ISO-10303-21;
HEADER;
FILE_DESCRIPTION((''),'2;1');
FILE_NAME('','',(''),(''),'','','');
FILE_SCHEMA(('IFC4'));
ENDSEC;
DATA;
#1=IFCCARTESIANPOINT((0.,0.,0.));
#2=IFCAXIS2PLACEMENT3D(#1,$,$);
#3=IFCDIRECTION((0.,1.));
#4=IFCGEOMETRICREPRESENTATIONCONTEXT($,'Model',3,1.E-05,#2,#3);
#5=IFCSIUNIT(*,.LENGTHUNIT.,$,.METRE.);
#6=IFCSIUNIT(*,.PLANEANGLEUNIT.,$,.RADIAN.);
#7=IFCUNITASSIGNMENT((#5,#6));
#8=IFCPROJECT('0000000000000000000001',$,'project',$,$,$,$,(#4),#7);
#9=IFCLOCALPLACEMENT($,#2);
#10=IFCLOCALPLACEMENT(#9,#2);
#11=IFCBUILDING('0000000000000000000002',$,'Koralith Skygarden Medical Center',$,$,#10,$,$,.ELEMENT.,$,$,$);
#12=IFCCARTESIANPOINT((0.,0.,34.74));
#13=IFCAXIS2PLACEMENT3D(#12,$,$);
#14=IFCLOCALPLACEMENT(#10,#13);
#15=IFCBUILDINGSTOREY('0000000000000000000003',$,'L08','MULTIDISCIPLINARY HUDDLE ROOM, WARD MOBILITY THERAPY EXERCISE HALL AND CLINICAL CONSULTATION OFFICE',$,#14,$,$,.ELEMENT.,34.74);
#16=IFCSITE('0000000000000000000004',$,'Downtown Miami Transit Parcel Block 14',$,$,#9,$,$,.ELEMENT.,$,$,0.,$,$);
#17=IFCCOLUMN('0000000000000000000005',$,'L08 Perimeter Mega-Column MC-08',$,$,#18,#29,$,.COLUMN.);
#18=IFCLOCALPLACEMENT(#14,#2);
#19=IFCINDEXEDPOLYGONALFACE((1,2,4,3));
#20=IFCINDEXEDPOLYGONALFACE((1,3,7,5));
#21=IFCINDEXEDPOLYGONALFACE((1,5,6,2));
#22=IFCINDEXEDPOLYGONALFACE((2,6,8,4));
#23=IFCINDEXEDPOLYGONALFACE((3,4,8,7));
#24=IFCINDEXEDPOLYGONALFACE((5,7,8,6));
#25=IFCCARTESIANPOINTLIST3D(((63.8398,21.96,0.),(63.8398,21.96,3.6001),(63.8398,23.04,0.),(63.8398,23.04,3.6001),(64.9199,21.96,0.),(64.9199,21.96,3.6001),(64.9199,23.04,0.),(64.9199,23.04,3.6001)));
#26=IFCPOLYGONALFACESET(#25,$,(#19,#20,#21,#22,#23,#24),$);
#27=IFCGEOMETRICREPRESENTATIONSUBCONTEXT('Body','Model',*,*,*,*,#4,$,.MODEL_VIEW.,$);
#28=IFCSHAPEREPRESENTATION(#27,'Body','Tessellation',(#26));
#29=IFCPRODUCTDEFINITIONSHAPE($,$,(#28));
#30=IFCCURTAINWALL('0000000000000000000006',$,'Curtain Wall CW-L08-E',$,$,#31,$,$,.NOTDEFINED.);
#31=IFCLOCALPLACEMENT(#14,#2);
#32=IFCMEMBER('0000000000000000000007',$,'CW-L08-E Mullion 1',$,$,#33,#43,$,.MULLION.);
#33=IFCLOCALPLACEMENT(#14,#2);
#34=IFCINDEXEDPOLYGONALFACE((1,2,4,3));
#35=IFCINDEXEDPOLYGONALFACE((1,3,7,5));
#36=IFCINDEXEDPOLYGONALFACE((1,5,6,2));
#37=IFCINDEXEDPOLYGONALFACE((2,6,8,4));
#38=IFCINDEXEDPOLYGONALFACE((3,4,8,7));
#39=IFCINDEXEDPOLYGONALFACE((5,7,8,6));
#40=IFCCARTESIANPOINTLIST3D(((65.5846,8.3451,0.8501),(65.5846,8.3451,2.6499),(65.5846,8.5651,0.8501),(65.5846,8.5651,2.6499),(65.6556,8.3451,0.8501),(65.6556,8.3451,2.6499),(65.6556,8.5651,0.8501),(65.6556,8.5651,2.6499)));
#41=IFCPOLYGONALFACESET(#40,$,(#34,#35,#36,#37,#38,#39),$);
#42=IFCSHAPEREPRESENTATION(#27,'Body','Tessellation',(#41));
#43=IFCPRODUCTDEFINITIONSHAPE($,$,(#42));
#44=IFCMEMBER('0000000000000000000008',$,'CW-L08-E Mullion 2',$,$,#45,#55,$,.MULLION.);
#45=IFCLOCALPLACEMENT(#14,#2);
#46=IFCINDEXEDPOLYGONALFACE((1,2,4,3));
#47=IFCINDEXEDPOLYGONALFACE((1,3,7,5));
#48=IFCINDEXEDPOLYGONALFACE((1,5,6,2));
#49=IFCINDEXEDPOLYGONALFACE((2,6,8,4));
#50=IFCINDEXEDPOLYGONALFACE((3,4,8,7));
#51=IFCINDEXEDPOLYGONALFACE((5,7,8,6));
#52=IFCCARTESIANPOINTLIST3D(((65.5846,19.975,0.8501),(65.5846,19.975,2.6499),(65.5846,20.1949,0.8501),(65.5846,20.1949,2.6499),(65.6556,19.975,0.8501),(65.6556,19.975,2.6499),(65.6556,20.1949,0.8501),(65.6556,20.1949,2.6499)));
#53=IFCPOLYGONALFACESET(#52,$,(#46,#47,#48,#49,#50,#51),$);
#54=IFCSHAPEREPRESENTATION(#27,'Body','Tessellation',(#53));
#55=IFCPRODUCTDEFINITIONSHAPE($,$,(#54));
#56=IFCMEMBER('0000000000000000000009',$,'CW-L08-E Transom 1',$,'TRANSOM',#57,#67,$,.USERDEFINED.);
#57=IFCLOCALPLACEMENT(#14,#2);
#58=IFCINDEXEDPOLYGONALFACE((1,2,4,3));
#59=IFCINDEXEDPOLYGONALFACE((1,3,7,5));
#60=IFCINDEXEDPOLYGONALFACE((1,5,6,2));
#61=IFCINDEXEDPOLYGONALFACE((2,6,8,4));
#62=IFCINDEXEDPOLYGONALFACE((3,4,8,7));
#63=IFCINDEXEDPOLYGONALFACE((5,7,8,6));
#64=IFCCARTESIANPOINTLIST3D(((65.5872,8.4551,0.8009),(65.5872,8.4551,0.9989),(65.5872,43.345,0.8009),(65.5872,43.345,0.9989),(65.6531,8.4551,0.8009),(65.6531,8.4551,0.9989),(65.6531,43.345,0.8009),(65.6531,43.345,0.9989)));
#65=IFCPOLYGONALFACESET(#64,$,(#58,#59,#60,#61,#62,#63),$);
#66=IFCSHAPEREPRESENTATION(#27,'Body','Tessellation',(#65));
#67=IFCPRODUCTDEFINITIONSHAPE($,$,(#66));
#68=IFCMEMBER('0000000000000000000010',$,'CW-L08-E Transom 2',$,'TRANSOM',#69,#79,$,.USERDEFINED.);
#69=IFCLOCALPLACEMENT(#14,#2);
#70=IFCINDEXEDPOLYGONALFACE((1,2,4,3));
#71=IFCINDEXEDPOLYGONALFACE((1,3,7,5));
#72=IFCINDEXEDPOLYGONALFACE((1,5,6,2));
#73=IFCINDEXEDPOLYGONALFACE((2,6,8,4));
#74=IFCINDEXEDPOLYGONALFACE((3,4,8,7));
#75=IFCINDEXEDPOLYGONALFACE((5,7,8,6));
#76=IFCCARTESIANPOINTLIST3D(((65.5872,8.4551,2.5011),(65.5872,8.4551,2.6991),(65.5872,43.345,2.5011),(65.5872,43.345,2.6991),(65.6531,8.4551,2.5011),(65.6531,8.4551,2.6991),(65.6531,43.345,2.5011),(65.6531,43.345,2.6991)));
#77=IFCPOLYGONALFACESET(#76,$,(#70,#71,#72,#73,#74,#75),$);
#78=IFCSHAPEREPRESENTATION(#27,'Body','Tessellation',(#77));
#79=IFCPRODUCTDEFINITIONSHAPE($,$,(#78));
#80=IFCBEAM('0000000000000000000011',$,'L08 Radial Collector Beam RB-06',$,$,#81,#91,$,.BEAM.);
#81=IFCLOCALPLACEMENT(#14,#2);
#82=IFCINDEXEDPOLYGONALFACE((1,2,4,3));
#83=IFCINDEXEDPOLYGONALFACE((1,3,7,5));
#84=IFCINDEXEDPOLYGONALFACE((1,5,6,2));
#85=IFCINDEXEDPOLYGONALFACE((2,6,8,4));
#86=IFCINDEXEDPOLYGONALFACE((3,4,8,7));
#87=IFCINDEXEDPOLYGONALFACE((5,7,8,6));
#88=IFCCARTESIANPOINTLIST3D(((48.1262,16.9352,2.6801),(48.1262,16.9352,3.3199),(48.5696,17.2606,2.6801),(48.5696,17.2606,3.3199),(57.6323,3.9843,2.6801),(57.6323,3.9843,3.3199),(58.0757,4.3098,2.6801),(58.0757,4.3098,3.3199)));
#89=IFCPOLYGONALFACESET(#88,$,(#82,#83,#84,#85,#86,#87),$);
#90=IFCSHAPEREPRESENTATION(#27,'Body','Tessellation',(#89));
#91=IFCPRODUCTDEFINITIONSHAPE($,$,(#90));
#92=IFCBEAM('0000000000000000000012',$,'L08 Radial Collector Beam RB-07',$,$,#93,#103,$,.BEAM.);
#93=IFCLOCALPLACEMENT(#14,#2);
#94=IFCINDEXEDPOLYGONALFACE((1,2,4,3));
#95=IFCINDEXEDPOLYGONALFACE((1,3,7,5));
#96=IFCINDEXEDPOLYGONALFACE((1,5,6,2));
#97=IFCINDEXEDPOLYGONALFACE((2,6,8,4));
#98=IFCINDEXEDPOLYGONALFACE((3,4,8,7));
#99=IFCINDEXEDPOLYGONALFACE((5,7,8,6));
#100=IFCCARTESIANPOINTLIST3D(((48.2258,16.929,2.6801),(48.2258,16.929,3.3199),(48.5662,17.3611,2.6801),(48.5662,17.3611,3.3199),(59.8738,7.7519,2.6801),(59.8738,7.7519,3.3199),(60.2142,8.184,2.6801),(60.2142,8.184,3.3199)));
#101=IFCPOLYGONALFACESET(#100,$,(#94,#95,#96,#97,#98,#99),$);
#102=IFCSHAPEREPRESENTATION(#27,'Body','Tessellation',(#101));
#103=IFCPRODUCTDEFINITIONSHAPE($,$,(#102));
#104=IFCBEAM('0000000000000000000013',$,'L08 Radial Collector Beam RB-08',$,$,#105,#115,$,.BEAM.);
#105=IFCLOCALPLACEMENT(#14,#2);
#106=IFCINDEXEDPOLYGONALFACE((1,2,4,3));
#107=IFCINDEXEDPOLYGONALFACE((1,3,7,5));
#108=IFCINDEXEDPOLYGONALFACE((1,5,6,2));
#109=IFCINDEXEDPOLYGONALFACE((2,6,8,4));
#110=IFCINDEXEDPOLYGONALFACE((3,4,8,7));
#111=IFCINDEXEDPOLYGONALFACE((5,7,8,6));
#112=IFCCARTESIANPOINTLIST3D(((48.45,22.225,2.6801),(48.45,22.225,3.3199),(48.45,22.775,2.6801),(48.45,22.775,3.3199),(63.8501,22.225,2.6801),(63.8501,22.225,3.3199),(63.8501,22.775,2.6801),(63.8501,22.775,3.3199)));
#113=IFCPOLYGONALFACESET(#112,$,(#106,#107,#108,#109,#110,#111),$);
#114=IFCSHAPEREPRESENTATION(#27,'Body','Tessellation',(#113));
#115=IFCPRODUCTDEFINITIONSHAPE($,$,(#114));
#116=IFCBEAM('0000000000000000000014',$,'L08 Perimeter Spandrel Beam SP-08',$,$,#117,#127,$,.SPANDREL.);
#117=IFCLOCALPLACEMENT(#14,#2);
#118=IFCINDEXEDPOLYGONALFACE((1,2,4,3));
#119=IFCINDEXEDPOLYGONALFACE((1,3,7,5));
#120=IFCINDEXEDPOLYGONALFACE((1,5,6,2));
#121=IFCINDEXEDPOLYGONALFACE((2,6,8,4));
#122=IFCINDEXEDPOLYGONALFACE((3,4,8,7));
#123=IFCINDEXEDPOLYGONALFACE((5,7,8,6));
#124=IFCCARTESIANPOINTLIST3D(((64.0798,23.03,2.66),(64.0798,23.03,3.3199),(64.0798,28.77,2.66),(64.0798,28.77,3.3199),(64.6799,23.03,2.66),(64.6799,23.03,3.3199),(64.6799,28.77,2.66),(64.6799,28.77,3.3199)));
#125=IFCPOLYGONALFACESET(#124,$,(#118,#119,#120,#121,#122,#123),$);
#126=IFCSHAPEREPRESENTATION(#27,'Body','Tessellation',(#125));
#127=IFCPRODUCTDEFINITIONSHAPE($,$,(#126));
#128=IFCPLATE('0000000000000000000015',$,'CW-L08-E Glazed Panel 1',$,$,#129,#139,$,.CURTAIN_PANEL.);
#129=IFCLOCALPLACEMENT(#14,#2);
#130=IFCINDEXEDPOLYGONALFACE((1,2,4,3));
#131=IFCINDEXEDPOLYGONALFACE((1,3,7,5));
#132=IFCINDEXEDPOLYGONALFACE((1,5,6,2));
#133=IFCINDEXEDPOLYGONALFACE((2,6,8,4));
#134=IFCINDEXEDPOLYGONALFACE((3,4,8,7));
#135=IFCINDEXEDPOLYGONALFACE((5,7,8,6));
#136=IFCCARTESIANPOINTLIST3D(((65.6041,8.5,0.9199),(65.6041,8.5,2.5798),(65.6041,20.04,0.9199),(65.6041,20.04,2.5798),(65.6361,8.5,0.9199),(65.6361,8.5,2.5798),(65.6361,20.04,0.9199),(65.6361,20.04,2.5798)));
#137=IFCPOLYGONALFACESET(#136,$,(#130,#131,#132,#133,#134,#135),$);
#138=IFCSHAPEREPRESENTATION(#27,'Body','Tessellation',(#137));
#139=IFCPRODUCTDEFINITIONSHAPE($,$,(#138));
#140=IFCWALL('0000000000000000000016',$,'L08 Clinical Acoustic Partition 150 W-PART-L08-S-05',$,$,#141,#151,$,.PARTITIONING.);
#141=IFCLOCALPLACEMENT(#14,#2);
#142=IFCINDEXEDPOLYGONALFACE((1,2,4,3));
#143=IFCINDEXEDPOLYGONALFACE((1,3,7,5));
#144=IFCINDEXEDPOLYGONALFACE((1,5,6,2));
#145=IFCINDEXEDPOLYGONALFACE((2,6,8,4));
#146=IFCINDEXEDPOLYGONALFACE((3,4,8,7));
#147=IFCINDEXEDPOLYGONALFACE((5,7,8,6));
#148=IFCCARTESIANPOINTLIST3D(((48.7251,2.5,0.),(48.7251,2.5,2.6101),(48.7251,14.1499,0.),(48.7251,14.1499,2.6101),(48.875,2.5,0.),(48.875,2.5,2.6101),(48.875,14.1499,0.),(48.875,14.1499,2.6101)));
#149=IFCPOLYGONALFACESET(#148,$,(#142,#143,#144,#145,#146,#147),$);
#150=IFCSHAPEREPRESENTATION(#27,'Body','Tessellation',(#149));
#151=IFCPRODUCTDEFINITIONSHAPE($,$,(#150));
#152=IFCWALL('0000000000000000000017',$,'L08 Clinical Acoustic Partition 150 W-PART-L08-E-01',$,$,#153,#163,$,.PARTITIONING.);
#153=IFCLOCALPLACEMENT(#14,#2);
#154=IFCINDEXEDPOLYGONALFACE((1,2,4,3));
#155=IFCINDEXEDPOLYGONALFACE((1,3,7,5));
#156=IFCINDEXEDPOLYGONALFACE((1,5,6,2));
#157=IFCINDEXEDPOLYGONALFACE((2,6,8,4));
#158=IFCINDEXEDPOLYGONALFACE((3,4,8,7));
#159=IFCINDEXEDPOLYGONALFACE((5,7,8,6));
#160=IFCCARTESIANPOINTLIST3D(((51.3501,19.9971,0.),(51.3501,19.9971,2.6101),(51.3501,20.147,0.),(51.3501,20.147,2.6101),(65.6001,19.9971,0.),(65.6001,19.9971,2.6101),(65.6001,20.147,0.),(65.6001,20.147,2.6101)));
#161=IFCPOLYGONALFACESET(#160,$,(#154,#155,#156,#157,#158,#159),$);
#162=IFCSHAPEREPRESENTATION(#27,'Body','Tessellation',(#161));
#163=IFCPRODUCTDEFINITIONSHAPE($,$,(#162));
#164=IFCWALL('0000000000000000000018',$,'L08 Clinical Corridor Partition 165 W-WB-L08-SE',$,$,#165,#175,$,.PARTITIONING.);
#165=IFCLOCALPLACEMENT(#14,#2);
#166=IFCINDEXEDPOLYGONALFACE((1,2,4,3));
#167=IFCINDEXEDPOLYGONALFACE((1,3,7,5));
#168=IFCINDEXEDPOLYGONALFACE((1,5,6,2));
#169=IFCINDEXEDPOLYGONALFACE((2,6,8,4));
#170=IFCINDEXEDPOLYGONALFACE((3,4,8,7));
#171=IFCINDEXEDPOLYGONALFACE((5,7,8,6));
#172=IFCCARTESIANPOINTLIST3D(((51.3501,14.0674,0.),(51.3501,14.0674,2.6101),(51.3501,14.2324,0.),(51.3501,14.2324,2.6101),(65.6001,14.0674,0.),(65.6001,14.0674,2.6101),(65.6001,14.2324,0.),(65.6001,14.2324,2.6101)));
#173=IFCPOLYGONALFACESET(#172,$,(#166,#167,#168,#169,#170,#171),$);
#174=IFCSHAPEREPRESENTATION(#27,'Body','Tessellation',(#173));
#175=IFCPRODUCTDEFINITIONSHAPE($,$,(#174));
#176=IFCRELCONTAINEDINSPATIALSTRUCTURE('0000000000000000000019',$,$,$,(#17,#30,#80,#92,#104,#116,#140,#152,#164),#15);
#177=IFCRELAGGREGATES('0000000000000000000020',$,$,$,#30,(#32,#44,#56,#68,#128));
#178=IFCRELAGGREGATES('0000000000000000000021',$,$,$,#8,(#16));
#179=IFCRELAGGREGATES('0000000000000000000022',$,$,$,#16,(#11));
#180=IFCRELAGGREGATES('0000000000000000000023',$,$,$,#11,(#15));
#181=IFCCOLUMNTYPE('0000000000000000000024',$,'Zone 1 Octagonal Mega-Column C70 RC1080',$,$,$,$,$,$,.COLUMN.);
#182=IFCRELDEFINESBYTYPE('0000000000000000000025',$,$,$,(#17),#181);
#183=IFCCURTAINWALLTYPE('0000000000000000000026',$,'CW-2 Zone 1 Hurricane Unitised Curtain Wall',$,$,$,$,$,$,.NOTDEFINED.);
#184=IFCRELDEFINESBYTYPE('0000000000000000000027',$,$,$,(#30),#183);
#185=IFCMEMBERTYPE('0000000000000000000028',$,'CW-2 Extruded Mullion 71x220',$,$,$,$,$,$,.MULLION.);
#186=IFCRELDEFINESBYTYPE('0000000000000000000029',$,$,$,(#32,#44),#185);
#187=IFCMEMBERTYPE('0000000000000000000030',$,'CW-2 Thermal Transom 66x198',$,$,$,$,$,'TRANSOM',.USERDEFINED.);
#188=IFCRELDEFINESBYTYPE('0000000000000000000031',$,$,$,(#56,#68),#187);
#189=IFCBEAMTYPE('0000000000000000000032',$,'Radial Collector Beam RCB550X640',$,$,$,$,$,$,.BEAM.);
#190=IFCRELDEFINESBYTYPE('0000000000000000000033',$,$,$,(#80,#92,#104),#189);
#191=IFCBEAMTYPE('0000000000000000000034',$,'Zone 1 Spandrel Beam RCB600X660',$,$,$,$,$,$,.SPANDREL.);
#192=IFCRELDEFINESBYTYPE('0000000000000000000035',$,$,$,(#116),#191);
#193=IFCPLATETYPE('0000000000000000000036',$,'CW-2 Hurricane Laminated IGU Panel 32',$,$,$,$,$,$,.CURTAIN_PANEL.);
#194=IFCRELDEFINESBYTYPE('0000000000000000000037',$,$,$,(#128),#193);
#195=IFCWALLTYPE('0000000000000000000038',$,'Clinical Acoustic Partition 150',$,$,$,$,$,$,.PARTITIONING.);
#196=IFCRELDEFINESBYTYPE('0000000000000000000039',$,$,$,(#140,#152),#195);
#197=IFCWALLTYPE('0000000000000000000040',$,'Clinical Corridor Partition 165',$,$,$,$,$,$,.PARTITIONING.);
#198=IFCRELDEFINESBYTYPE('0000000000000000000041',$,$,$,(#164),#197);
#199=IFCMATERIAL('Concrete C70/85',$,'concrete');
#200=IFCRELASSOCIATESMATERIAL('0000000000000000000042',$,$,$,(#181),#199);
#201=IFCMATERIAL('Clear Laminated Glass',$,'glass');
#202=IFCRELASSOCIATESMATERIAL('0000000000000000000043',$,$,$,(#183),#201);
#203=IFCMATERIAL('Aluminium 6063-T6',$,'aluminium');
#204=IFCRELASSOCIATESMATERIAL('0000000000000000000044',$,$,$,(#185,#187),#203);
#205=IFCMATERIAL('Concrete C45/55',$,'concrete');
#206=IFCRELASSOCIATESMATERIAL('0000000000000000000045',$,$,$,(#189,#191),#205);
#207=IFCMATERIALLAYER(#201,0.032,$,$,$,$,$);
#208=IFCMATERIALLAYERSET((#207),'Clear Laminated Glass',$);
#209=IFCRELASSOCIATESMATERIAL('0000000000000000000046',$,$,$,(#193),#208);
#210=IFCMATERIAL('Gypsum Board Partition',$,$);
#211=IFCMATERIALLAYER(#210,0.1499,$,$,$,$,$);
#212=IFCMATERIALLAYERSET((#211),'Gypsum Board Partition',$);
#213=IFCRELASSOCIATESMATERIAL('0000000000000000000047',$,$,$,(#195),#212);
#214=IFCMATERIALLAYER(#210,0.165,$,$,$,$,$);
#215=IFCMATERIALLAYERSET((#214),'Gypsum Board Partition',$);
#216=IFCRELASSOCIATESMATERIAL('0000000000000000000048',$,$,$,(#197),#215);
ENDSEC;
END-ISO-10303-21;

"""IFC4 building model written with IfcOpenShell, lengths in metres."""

from ifc_helpers import new_model, si_unit, direction, frame, frame_2d, origin, origin_2d, place, context, subcontext, project, spatial, rectangle, extrude, material, layer, layer_set, material_profile, profile_set, type_object, element, aggregate, save


model = new_model("IFC4")

# Units and contexts
model_context = context("Model", 3, precision=1e-05, world=origin(), true_north=direction((0.0, 1.0)))
body_context = subcontext(model_context, "Body", "Model", "MODEL_VIEW")
ifc_project = project(units=[si_unit("LENGTHUNIT", "METRE"), si_unit("PLANEANGLEUNIT", "RADIAN")], contexts=[model_context])

# Site, building, storey
site_placement = place(None, origin())
site = spatial("IfcSite", under=ifc_project, at=site_placement, Name="Downtown Miami Transit Parcel Block 14", CompositionType="ELEMENT", RefElevation=0.0)
building_placement = place(site_placement, origin())
building = spatial("IfcBuilding", under=site, at=building_placement, Name="Koralith Skygarden Medical Center", CompositionType="ELEMENT")
storey_placement = place(building_placement, frame((0.0, 0.0, 34.74)))
storey = spatial("IfcBuildingStorey", under=building, at=storey_placement, Name="L08", Description="MULTIDISCIPLINARY HUDDLE ROOM, WARD MOBILITY THERAPY EXERCISE HALL AND CLINICAL CONSULTATION OFFICE", CompositionType="ELEMENT", Elevation=34.74)

# Column
ifc_material_1 = material(Name="Concrete C70/85", Category="concrete")
ifc_material_profile_1 = material_profile(ifc_material_1, rectangle(XDim=1.0801, YDim=1.0801, at=origin_2d()), Name="RC1080X1080")
ifc_profile_set_1 = profile_set([ifc_material_profile_1], Name="Concrete C70/85")
column_type = type_object("IfcColumnType", Name="Zone 1 Octagonal Mega-Column C70 RC1080", PredefinedType="COLUMN", material=ifc_profile_set_1)
column_placement = place(storey_placement, frame((64.3799, 22.5, 0.0), z_axis=(0.0, 0.0, 1.0), x_axis=(1.0, 0.0, 0.0)))
element("IfcColumn", 1, at=column_placement, inside=storey, type_object=column_type, Name="L08 Perimeter Mega-Column MC-08", PredefinedType="COLUMN", context=body_context, shape_type="SweptSolid", body=[
    extrude(rectangle(XDim=1.0801, YDim=1.0801, at=origin_2d()), origin(), (0.0, 0.0, 1.0), 3.6001),
])

# Curtain wall, members
ifc_material_2 = material(Name="Clear Laminated Glass", Category="glass")
curtain_wall_type = type_object("IfcCurtainWallType", Name="CW-2 Zone 1 Hurricane Unitised Curtain Wall", PredefinedType="NOTDEFINED", material=ifc_material_2)
curtain_wall_placement = place(storey_placement, origin())
curtain_wall = element("IfcCurtainWall", 2, at=curtain_wall_placement, inside=storey, type_object=curtain_wall_type, Name="Curtain Wall CW-L08-E", PredefinedType="NOTDEFINED")
ifc_material_3 = material(Name="Aluminium 6063-T6", Category="aluminium")
ifc_material_profile_2 = material_profile(ifc_material_3, rectangle(XDim=0.071, YDim=0.22, at=origin_2d()), Name="MUL71X220")
ifc_profile_set_2 = profile_set([ifc_material_profile_2], Name="Aluminium 6063-T6")
member_type_1 = type_object("IfcMemberType", Name="CW-2 Extruded Mullion 71x220", PredefinedType="MULLION", material=ifc_profile_set_2)
member_1_placement = place(storey_placement, frame((65.6201, 8.4551, 0.8501), z_axis=(0.0, 0.0, 1.0), x_axis=(1.0, 0.0, 0.0)))
member_1 = element("IfcMember", 3, at=member_1_placement, type_object=member_type_1, Name="CW-L08-E Mullion 1", PredefinedType="MULLION", context=body_context, shape_type="SweptSolid", body=[
    extrude(rectangle(XDim=0.071, YDim=0.22, at=origin_2d()), origin(), (0.0, 0.0, 1.0), 1.7998),
])
member_2_placement = place(storey_placement, frame((65.6201, 20.085, 0.8501), z_axis=(0.0, 0.0, 1.0), x_axis=(1.0, 0.0, 0.0)))
member_2 = element("IfcMember", 4, at=member_2_placement, type_object=member_type_1, Name="CW-L08-E Mullion 2", PredefinedType="MULLION", context=body_context, shape_type="SweptSolid", body=[
    extrude(rectangle(XDim=0.071, YDim=0.22, at=origin_2d()), origin(), (0.0, 0.0, 1.0), 1.7998),
])
ifc_material_profile_3 = material_profile(ifc_material_3, rectangle(XDim=0.0659, YDim=0.198, at=origin_2d()), Name="TRN66X198")
ifc_profile_set_3 = profile_set([ifc_material_profile_3], Name="Aluminium 6063-T6")
member_type_2 = type_object("IfcMemberType", Name="CW-2 Thermal Transom 66x198", ElementType="TRANSOM", PredefinedType="USERDEFINED", material=ifc_profile_set_3)
member_3_placement = place(storey_placement, frame((65.6201, 8.4551, 0.8999), z_axis=(0.0, 1.0, 0.0), x_axis=(-1.0, 0.0, 0.0)))
member_3 = element("IfcMember", 5, at=member_3_placement, type_object=member_type_2, Name="CW-L08-E Transom 1", ObjectType="TRANSOM", PredefinedType="USERDEFINED", context=body_context, shape_type="SweptSolid", body=[
    extrude(rectangle(XDim=0.0659, YDim=0.198, at=origin_2d()), origin(), (0.0, 0.0, 1.0), 34.8899),
])
member_4_placement = place(storey_placement, frame((65.6201, 8.4551, 2.6001), z_axis=(0.0, 1.0, 0.0), x_axis=(-1.0, 0.0, 0.0)))
member_4 = element("IfcMember", 6, at=member_4_placement, type_object=member_type_2, Name="CW-L08-E Transom 2", ObjectType="TRANSOM", PredefinedType="USERDEFINED", context=body_context, shape_type="SweptSolid", body=[
    extrude(rectangle(XDim=0.0659, YDim=0.198, at=origin_2d()), origin(), (0.0, 0.0, 1.0), 34.8899),
])

# Beams
ifc_material_4 = material(Name="Concrete C45/55", Category="concrete")
ifc_material_profile_4 = material_profile(ifc_material_4, rectangle(XDim=0.55, YDim=0.6399, at=origin_2d()), Name="RCB550X640")
ifc_profile_set_4 = profile_set([ifc_material_profile_4], Name="Concrete C45/55")
beam_type_1 = type_object("IfcBeamType", Name="Radial Collector Beam RCB550X640", PredefinedType="BEAM", material=ifc_profile_set_4)
beam_1_placement = place(storey_placement, frame((48.3479, 17.0979, 3.0), z_axis=(0.591718, -0.806145, 0.0), x_axis=(0.806145, 0.591718, 0.0)))
element("IfcBeam", 7, at=beam_1_placement, inside=storey, type_object=beam_type_1, Name="L08 Radial Collector Beam RB-06", PredefinedType="BEAM", context=body_context, shape_type="SweptSolid", body=[
    extrude(rectangle(XDim=0.55, YDim=0.6399, at=origin_2d()), origin(), (0.0, 0.0, 1.0), 16.0652),
])
beam_2_placement = place(storey_placement, frame((48.396, 17.145, 3.0), z_axis=(0.785497, -0.618865, 0.0), x_axis=(0.618865, 0.785497, 0.0)))
element("IfcBeam", 8, at=beam_2_placement, inside=storey, type_object=beam_type_1, Name="L08 Radial Collector Beam RB-07", PredefinedType="BEAM", context=body_context, shape_type="SweptSolid", body=[
    extrude(rectangle(XDim=0.55, YDim=0.6399, at=origin_2d()), origin(), (0.0, 0.0, 1.0), 14.8289),
])
beam_3_placement = place(storey_placement, frame((48.45, 22.5, 3.0), z_axis=(1.0, 0.0, 0.0), x_axis=(0.0, 1.0, 0.0)))
element("IfcBeam", 9, at=beam_3_placement, inside=storey, type_object=beam_type_1, Name="L08 Radial Collector Beam RB-08", PredefinedType="BEAM", context=body_context, shape_type="SweptSolid", body=[
    extrude(rectangle(XDim=0.55, YDim=0.6399, at=origin_2d()), origin(), (0.0, 0.0, 1.0), 15.4001),
])
ifc_material_profile_5 = material_profile(ifc_material_4, rectangle(XDim=0.6001, YDim=0.6599, at=origin_2d()), Name="RCB600X660")
ifc_profile_set_5 = profile_set([ifc_material_profile_5], Name="Concrete C45/55")
beam_type_2 = type_object("IfcBeamType", Name="Zone 1 Spandrel Beam RCB600X660", PredefinedType="SPANDREL", material=ifc_profile_set_5)
beam_4_placement = place(storey_placement, frame((64.3799, 23.03, 2.99), z_axis=(0.0, 1.0, 0.0), x_axis=(-1.0, 0.0, 0.0)))
element("IfcBeam", 10, at=beam_4_placement, inside=storey, type_object=beam_type_2, Name="L08 Perimeter Spandrel Beam SP-08", PredefinedType="SPANDREL", context=body_context, shape_type="SweptSolid", body=[
    extrude(rectangle(XDim=0.6001, YDim=0.6599, at=origin_2d()), origin(), (0.0, 0.0, 1.0), 5.74),
])

# Plate
ifc_layer_1 = layer(ifc_material_2, 0.032)
ifc_layer_set_1 = layer_set([ifc_layer_1], Name="Clear Laminated Glass")
plate_type = type_object("IfcPlateType", Name="CW-2 Hurricane Laminated IGU Panel 32", PredefinedType="CURTAIN_PANEL", material=ifc_layer_set_1)
plate_placement = place(storey_placement, frame((65.6201, 14.27, 0.9199), z_axis=(0.0, 0.0, 1.0), x_axis=(0.0, 1.0, 0.0)))
plate = element("IfcPlate", 11, at=plate_placement, type_object=plate_type, Name="CW-L08-E Glazed Panel 1", PredefinedType="CURTAIN_PANEL", context=body_context, shape_type="SweptSolid", body=[
    extrude(rectangle(XDim=11.54, YDim=0.032, at=origin_2d()), origin(), (0.0, 0.0, 1.0), 1.6599),
])
aggregate(curtain_wall, [member_1, member_2, member_3, member_4, plate])

# Walls
ifc_material_5 = material(Name="Gypsum Board Partition")
ifc_layer_2 = layer(ifc_material_5, 0.1499)
ifc_layer_set_2 = layer_set([ifc_layer_2], Name="Gypsum Board Partition")
wall_type_1 = type_object("IfcWallType", Name="Clinical Acoustic Partition 150", PredefinedType="PARTITIONING", material=ifc_layer_set_2)
wall_1_placement = place(storey_placement, frame((48.8, 14.1499, 0.0), z_axis=(0.0, 0.0, 1.0), x_axis=(0.0, -1.0, 0.0)))
element("IfcWall", 12, at=wall_1_placement, inside=storey, type_object=wall_type_1, Name="L08 Clinical Acoustic Partition 150 W-PART-L08-S-05", PredefinedType="PARTITIONING", context=body_context, shape_type="SweptSolid", body=[
    extrude(rectangle(XDim=11.6499, YDim=0.1499, at=frame_2d((5.825, 0.0))), origin(), (0.0, 0.0, 1.0), 2.6101),
])
wall_2_placement = place(storey_placement, frame((51.3501, 20.072, 0.0), z_axis=(0.0, 0.0, 1.0), x_axis=(1.0, 0.0, 0.0)))
element("IfcWall", 13, at=wall_2_placement, inside=storey, type_object=wall_type_1, Name="L08 Clinical Acoustic Partition 150 W-PART-L08-E-01", PredefinedType="PARTITIONING", context=body_context, shape_type="SweptSolid", body=[
    extrude(rectangle(XDim=14.25, YDim=0.1499, at=frame_2d((7.125, 0.0))), origin(), (0.0, 0.0, 1.0), 2.6101),
])
ifc_layer_3 = layer(ifc_material_5, 0.165)
ifc_layer_set_3 = layer_set([ifc_layer_3], Name="Gypsum Board Partition")
wall_type_2 = type_object("IfcWallType", Name="Clinical Corridor Partition 165", PredefinedType="PARTITIONING", material=ifc_layer_set_3)
wall_3_placement = place(storey_placement, frame((51.3501, 14.1499, 0.0), z_axis=(0.0, 0.0, 1.0), x_axis=(1.0, 0.0, 0.0)))
element("IfcWall", 14, at=wall_3_placement, inside=storey, type_object=wall_type_2, Name="L08 Clinical Corridor Partition 165 W-WB-L08-SE", PredefinedType="PARTITIONING", context=body_context, shape_type="SweptSolid", body=[
    extrude(rectangle(XDim=14.25, YDim=0.165, at=frame_2d((7.125, 0.0))), origin(), (0.0, 0.0, 1.0), 2.6101),
])

save(model, "model.ifc")
